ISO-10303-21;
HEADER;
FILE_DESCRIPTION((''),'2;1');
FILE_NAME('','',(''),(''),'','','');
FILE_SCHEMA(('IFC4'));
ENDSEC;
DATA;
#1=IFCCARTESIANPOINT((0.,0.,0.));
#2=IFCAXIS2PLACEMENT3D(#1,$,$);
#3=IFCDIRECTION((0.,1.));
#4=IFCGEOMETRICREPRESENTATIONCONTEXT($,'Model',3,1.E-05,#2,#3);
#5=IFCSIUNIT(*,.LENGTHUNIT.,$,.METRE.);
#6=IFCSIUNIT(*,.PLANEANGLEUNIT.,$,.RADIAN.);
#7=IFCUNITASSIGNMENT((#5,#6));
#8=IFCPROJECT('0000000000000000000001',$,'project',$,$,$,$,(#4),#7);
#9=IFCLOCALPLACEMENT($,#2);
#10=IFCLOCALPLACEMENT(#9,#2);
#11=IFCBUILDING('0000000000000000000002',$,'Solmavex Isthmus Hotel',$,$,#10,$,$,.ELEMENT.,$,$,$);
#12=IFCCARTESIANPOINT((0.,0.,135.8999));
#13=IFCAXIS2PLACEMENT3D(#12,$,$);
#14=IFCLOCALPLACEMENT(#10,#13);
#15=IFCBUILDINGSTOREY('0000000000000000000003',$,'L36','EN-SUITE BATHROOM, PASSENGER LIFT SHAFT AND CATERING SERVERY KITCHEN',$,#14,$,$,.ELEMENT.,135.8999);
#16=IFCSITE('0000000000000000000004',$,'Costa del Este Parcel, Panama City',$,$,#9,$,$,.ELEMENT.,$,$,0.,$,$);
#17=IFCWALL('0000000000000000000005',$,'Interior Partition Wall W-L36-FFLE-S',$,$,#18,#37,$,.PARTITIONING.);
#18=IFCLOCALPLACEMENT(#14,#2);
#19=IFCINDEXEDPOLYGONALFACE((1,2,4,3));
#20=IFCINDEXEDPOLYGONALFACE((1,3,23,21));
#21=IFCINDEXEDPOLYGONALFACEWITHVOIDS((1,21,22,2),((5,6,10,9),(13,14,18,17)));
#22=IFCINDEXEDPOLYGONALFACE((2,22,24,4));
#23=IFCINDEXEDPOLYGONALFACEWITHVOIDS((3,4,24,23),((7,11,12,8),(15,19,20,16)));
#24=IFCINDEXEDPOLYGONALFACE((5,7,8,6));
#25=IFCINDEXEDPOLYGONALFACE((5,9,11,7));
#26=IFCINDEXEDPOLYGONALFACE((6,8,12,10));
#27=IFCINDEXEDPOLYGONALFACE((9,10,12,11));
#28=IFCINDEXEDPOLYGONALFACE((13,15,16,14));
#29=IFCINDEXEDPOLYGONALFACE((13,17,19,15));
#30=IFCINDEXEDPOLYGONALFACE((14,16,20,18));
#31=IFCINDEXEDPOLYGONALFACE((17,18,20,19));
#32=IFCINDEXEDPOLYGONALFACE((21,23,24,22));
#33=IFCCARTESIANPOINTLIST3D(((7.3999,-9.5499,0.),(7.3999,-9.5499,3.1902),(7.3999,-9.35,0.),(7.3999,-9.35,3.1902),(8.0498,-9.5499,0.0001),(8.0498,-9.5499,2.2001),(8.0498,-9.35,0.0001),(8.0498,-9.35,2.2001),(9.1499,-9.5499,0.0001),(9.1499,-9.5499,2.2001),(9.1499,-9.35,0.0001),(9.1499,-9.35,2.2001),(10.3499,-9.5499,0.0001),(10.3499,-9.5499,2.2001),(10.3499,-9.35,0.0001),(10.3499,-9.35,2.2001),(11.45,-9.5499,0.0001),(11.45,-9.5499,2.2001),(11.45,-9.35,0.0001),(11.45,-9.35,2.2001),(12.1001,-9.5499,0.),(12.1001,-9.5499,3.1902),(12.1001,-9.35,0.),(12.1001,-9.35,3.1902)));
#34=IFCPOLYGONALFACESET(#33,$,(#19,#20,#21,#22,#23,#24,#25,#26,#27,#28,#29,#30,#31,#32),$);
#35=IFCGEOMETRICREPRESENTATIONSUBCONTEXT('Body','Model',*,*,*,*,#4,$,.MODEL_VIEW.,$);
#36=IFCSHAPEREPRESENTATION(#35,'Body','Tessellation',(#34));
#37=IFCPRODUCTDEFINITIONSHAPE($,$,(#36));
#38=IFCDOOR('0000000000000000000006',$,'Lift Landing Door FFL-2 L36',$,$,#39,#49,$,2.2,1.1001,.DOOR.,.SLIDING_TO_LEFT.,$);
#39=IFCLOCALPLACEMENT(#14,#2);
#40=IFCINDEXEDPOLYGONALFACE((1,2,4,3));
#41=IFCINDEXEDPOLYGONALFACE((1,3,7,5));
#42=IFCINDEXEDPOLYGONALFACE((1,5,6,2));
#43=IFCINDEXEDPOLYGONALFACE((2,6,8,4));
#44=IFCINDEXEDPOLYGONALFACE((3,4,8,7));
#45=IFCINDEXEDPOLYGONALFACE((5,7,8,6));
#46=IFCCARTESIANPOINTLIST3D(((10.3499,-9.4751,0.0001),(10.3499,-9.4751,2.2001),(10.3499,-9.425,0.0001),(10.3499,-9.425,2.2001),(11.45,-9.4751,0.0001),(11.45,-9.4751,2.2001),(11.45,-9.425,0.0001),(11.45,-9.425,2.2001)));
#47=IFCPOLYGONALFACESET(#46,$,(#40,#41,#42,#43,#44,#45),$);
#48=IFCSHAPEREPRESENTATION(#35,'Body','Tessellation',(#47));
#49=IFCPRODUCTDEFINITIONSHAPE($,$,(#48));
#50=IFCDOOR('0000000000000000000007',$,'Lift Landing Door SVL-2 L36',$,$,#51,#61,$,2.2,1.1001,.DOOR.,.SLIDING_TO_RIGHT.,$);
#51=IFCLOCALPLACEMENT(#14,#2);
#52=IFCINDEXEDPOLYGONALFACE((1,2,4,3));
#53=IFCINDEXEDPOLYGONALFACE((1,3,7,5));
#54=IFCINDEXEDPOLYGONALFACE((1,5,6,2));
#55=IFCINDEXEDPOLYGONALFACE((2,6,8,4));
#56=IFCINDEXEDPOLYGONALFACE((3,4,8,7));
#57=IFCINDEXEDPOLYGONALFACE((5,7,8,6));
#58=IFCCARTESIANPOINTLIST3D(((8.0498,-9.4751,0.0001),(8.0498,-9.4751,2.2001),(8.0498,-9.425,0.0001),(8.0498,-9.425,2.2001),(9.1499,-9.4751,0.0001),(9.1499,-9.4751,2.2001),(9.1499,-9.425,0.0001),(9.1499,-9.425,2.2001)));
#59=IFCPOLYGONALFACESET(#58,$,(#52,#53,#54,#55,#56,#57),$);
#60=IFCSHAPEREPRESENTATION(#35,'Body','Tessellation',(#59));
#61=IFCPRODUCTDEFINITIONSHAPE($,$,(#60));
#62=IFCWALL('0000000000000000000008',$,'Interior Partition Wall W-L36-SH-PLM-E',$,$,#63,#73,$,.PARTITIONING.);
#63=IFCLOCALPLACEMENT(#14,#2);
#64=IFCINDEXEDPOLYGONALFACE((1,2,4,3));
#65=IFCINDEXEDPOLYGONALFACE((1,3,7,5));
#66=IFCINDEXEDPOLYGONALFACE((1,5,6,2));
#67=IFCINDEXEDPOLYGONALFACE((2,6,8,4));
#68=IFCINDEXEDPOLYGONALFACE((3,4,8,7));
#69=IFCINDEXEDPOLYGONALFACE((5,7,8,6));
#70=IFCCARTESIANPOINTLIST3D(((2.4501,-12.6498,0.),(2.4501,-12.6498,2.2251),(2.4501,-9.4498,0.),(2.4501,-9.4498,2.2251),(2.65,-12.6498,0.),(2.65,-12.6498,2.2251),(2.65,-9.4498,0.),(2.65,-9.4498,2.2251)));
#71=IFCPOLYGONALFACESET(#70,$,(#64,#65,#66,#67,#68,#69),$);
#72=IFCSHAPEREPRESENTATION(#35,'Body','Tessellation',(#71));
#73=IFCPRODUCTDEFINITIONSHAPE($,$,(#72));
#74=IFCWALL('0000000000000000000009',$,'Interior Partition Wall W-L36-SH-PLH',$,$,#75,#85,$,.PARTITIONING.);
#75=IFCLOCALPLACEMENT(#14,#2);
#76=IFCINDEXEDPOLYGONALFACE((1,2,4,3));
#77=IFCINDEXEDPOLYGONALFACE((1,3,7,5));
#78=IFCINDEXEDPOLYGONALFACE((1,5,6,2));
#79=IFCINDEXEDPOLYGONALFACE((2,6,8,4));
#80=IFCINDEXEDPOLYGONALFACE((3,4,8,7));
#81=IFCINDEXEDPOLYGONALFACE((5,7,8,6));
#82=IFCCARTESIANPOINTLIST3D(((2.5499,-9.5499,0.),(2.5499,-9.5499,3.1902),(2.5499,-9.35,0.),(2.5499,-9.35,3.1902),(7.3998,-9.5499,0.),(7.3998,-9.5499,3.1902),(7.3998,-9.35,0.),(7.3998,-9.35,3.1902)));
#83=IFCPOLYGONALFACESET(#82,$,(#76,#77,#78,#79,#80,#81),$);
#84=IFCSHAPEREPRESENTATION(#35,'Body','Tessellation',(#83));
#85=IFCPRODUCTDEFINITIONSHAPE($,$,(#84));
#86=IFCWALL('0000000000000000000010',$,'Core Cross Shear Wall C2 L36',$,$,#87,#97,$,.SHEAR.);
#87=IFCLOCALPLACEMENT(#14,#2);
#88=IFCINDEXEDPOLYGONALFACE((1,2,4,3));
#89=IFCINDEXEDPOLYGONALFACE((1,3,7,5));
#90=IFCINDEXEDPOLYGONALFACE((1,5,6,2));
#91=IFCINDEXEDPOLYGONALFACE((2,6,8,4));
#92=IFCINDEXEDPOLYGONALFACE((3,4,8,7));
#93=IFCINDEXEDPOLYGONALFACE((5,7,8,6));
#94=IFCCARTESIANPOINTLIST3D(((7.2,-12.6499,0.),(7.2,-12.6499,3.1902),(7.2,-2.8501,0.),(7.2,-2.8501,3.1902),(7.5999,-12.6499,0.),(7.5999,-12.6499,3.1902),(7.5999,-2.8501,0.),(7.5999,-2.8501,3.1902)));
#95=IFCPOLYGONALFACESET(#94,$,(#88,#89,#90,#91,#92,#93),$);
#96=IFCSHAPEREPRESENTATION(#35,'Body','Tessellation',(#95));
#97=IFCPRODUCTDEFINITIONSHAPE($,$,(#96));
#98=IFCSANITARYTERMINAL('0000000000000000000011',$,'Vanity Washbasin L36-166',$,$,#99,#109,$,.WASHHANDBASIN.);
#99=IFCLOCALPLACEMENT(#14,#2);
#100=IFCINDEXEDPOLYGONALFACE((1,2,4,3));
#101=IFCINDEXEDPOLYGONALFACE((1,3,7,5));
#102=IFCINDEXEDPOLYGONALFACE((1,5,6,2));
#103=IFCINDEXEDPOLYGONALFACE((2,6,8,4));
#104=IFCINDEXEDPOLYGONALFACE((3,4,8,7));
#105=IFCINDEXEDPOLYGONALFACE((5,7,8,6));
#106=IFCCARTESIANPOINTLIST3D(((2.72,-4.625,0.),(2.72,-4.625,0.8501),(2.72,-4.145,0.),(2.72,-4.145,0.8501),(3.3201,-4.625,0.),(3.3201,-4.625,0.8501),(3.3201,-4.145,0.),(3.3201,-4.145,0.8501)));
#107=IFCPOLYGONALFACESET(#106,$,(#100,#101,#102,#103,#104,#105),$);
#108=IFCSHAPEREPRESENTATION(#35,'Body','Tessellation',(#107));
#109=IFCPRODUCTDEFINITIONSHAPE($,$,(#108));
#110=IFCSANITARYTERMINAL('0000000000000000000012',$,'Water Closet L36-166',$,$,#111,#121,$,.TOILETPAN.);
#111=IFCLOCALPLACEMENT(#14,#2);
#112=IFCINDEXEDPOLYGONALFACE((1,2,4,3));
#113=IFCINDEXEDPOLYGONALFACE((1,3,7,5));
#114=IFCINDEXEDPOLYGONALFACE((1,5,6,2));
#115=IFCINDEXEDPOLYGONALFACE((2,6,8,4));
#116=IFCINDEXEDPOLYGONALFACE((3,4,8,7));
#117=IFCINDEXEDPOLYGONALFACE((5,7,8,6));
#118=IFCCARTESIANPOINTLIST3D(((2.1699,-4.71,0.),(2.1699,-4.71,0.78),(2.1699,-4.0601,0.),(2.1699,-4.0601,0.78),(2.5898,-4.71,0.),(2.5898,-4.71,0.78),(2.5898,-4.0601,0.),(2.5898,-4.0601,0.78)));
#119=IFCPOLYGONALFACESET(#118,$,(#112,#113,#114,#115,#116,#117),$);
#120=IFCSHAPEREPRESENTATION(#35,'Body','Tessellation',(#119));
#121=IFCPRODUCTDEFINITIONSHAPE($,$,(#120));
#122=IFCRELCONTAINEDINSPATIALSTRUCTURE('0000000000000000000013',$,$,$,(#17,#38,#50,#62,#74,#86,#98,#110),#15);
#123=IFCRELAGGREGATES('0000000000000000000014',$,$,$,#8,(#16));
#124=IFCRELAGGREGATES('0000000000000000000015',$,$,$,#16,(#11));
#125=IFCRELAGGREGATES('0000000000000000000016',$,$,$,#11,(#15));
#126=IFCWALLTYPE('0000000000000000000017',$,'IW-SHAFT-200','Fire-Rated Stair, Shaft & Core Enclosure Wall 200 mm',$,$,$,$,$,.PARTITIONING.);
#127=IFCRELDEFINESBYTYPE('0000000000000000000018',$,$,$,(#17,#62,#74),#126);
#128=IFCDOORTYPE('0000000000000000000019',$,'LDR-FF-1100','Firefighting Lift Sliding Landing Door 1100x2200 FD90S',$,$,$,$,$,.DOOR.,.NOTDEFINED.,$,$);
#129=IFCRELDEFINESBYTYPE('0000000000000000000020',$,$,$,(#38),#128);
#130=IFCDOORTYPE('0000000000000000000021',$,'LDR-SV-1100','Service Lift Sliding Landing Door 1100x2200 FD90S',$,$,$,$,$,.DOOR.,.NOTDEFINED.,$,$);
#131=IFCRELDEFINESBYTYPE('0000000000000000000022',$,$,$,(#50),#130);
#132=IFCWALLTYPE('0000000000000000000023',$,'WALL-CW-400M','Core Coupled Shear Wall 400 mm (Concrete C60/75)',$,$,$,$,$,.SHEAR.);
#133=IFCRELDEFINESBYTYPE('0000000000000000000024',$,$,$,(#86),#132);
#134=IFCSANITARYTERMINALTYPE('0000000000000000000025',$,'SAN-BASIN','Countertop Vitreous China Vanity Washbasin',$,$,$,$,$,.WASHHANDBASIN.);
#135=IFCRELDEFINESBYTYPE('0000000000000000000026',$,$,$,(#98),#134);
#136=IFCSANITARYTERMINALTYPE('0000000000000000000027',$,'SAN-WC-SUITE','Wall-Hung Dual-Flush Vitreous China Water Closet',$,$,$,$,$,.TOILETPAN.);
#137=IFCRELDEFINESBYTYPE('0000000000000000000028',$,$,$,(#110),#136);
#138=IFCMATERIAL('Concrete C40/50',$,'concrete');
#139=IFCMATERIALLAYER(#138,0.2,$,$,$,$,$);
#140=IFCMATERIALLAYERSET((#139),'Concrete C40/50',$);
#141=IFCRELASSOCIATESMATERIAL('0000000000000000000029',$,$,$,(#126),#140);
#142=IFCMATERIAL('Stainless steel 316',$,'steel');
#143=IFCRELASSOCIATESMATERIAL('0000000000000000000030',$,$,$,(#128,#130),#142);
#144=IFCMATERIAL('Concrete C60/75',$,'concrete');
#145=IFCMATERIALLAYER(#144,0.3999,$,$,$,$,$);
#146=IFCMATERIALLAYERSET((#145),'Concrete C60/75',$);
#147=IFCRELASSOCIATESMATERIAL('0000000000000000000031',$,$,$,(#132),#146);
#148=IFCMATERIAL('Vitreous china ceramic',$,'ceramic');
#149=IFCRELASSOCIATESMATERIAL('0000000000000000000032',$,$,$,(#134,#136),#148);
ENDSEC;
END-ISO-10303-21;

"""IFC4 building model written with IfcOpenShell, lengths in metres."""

from ifc_helpers import new_model, si_unit, direction, frame, frame_2d, origin, origin_2d, place, context, subcontext, project, spatial, rectangle, extrude, material, layer, layer_set, type_object, element, fill, save


model = new_model("IFC4")

# Units and contexts
model_context = context("Model", 3, precision=1e-05, world=origin(), true_north=direction((0.0, 1.0)))
body_context = subcontext(model_context, "Body", "Model", "MODEL_VIEW")
ifc_project = project(units=[si_unit("LENGTHUNIT", "METRE"), si_unit("PLANEANGLEUNIT", "RADIAN")], contexts=[model_context])

# Site, building, storey
site_placement = place(None, origin())
site = spatial("IfcSite", under=ifc_project, at=site_placement, Name="Costa del Este Parcel, Panama City", CompositionType="ELEMENT", RefElevation=0.0)
building_placement = place(site_placement, origin())
building = spatial("IfcBuilding", under=site, at=building_placement, Name="Solmavex Isthmus Hotel", CompositionType="ELEMENT")
storey_placement = place(building_placement, frame((0.0, 0.0, 135.8999)))
storey = spatial("IfcBuildingStorey", under=building, at=storey_placement, Name="L36", Description="EN-SUITE BATHROOM, PASSENGER LIFT SHAFT AND CATERING SERVERY KITCHEN", CompositionType="ELEMENT", Elevation=135.8999)

# Shared definitions
ifc_material_1 = material(Name="Concrete C60/75", Category="concrete")

# Shared definitions
ifc_material_2 = material(Name="Concrete C40/50", Category="concrete")

# Wall, openings, doors
ifc_layer_1 = layer(ifc_material_2, 0.2)
ifc_layer_set_1 = layer_set([ifc_layer_1], Name="Concrete C40/50")
wall_type_1 = type_object("IfcWallType", Name="IW-SHAFT-200", Description="Fire-Rated Stair, Shaft & Core Enclosure Wall 200 mm", PredefinedType="PARTITIONING", material=ifc_layer_set_1)
wall_1_placement = place(storey_placement, frame((7.3999, -9.45, 0.0), z_axis=(0.0, 0.0, 1.0), x_axis=(1.0, 0.0, 0.0)))
wall_1 = element("IfcWall", 1, at=wall_1_placement, inside=storey, type_object=wall_type_1, Name="Interior Partition Wall W-L36-FFLE-S", PredefinedType="PARTITIONING", context=body_context, shape_type="SweptSolid", body=[
    extrude(rectangle(XDim=4.7002, YDim=0.2, at=frame_2d((2.3501, 0.0))), origin(), (0.0, 0.0, 1.0), 3.1902),
])
opening_1_placement = place(wall_1_placement, frame((2.95, 0.0, 0.0)))
opening_1 = element("IfcOpeningElement", 2, at=opening_1_placement, cuts=wall_1, PredefinedType="OPENING", context=body_context, shape_type="SweptSolid", body=[
    extrude(rectangle(XDim=1.1001, YDim=2.2, at=frame_2d((0.55, 1.1001))), frame((0.0, 0.1099, 0.0), z_axis=(0.0, -1.0, 0.0), x_axis=(1.0, 0.0, 0.0)), (0.0, 0.0, 1.0), 0.22),
])
opening_2_placement = place(wall_1_placement, frame((0.6499, 0.0, 0.0)))
opening_2 = element("IfcOpeningElement", 3, at=opening_2_placement, cuts=wall_1, PredefinedType="OPENING", context=body_context, shape_type="SweptSolid", body=[
    extrude(rectangle(XDim=1.1001, YDim=2.2, at=frame_2d((0.55, 1.1001))), frame((0.0, 0.1099, 0.0), z_axis=(0.0, -1.0, 0.0), x_axis=(1.0, 0.0, 0.0)), (0.0, 0.0, 1.0), 0.22),
])
ifc_material_3 = material(Name="Stainless steel 316", Category="steel")
door_type_1 = type_object("IfcDoorType", Name="LDR-FF-1100", Description="Firefighting Lift Sliding Landing Door 1100x2200 FD90S", OperationType="NOTDEFINED", PredefinedType="DOOR", material=ifc_material_3)
door_1_placement = place(opening_1_placement, origin())
door_1 = element("IfcDoor", 4, at=door_1_placement, inside=storey, type_object=door_type_1, Name="Lift Landing Door FFL-2 L36", OperationType="SLIDING_TO_LEFT", OverallHeight=2.2, OverallWidth=1.1001, PredefinedType="DOOR", context=body_context, shape_type="SweptSolid", body=[
    extrude(rectangle(XDim=1.1001, YDim=2.2, at=frame_2d((0.55, 1.1001))), frame((0.0, 0.0249, 0.0), z_axis=(0.0, -1.0, 0.0), x_axis=(1.0, 0.0, 0.0)), (0.0, 0.0, 1.0), 0.05),
])
fill(opening_1, door_1)
door_type_2 = type_object("IfcDoorType", Name="LDR-SV-1100", Description="Service Lift Sliding Landing Door 1100x2200 FD90S", OperationType="NOTDEFINED", PredefinedType="DOOR", material=ifc_material_3)
door_2_placement = place(opening_2_placement, origin())
door_2 = element("IfcDoor", 5, at=door_2_placement, inside=storey, type_object=door_type_2, Name="Lift Landing Door SVL-2 L36", OperationType="SLIDING_TO_RIGHT", OverallHeight=2.2, OverallWidth=1.1001, PredefinedType="DOOR", context=body_context, shape_type="SweptSolid", body=[
    extrude(rectangle(XDim=1.1001, YDim=2.2, at=frame_2d((0.55, 1.1001))), frame((0.0, 0.0249, 0.0), z_axis=(0.0, -1.0, 0.0), x_axis=(1.0, 0.0, 0.0)), (0.0, 0.0, 1.0), 0.05),
])
fill(opening_2, door_2)

# Walls
wall_2_placement = place(storey_placement, frame((2.55, -12.6499, 0.0), z_axis=(0.0, 0.0, 1.0), x_axis=(0.0, 1.0, 0.0)))
element("IfcWall", 6, at=wall_2_placement, inside=storey, type_object=wall_type_1, Name="Interior Partition Wall W-L36-SH-PLM-E", PredefinedType="PARTITIONING", context=body_context, shape_type="SweptSolid", body=[
    extrude(rectangle(XDim=3.2, YDim=0.2, at=frame_2d((1.6001, 0.0))), origin(), (0.0, 0.0, 1.0), 2.2251),
])
wall_3_placement = place(storey_placement, frame((2.55, -9.45, 0.0), z_axis=(0.0, 0.0, 1.0), x_axis=(1.0, 0.0, 0.0)))
element("IfcWall", 7, at=wall_3_placement, inside=storey, type_object=wall_type_1, Name="Interior Partition Wall W-L36-SH-PLH", PredefinedType="PARTITIONING", context=body_context, shape_type="SweptSolid", body=[
    extrude(rectangle(XDim=4.8499, YDim=0.2, at=frame_2d((2.4248, 0.0))), origin(), (0.0, 0.0, 1.0), 3.1902),
])
ifc_layer_2 = layer(ifc_material_1, 0.3999)
ifc_layer_set_2 = layer_set([ifc_layer_2], Name="Concrete C60/75")
wall_type_2 = type_object("IfcWallType", Name="WALL-CW-400M", Description="Core Coupled Shear Wall 400 mm (Concrete C60/75)", PredefinedType="SHEAR", material=ifc_layer_set_2)
wall_4_placement = place(storey_placement, frame((7.3999, -12.6499, 0.0), z_axis=(0.0, 0.0, 1.0), x_axis=(0.0, 1.0, 0.0)))
element("IfcWall", 8, at=wall_4_placement, inside=storey, type_object=wall_type_2, Name="Core Cross Shear Wall C2 L36", PredefinedType="SHEAR", context=body_context, shape_type="SweptSolid", body=[
    extrude(rectangle(XDim=9.7998, YDim=0.3999, at=frame_2d((4.8999, 0.0))), origin(), (0.0, 0.0, 1.0), 3.1902),
])

# Sanitary terminals
ifc_material_4 = material(Name="Vitreous china ceramic", Category="ceramic")
sanitary_terminal_type_1 = type_object("IfcSanitaryTerminalType", Name="SAN-BASIN", Description="Countertop Vitreous China Vanity Washbasin", PredefinedType="WASHHANDBASIN", material=ifc_material_4)
sanitary_terminal_1_placement = place(storey_placement, frame((3.02, -4.385, 0.0), z_axis=(0.0, 0.0, 1.0), x_axis=(1.0, 0.0, 0.0)))
element("IfcSanitaryTerminal", 9, at=sanitary_terminal_1_placement, inside=storey, type_object=sanitary_terminal_type_1, Name="Vanity Washbasin L36-166", PredefinedType="WASHHANDBASIN", context=body_context, shape_type="SweptSolid", body=[
    extrude(rectangle(XDim=0.6001, YDim=0.48, at=origin_2d()), origin(), (0.0, 0.0, 1.0), 0.8501),
])
sanitary_terminal_type_2 = type_object("IfcSanitaryTerminalType", Name="SAN-WC-SUITE", Description="Wall-Hung Dual-Flush Vitreous China Water Closet", PredefinedType="TOILETPAN", material=ifc_material_4)
sanitary_terminal_2_placement = place(storey_placement, frame((2.3799, -4.385, 0.0), z_axis=(0.0, 0.0, 1.0), x_axis=(1.0, 0.0, 0.0)))
element("IfcSanitaryTerminal", 10, at=sanitary_terminal_2_placement, inside=storey, type_object=sanitary_terminal_type_2, Name="Water Closet L36-166", PredefinedType="TOILETPAN", context=body_context, shape_type="SweptSolid", body=[
    extrude(rectangle(XDim=0.4199, YDim=0.6499, at=origin_2d()), origin(), (0.0, 0.0, 1.0), 0.78),
])

save(model, "model.ifc")
